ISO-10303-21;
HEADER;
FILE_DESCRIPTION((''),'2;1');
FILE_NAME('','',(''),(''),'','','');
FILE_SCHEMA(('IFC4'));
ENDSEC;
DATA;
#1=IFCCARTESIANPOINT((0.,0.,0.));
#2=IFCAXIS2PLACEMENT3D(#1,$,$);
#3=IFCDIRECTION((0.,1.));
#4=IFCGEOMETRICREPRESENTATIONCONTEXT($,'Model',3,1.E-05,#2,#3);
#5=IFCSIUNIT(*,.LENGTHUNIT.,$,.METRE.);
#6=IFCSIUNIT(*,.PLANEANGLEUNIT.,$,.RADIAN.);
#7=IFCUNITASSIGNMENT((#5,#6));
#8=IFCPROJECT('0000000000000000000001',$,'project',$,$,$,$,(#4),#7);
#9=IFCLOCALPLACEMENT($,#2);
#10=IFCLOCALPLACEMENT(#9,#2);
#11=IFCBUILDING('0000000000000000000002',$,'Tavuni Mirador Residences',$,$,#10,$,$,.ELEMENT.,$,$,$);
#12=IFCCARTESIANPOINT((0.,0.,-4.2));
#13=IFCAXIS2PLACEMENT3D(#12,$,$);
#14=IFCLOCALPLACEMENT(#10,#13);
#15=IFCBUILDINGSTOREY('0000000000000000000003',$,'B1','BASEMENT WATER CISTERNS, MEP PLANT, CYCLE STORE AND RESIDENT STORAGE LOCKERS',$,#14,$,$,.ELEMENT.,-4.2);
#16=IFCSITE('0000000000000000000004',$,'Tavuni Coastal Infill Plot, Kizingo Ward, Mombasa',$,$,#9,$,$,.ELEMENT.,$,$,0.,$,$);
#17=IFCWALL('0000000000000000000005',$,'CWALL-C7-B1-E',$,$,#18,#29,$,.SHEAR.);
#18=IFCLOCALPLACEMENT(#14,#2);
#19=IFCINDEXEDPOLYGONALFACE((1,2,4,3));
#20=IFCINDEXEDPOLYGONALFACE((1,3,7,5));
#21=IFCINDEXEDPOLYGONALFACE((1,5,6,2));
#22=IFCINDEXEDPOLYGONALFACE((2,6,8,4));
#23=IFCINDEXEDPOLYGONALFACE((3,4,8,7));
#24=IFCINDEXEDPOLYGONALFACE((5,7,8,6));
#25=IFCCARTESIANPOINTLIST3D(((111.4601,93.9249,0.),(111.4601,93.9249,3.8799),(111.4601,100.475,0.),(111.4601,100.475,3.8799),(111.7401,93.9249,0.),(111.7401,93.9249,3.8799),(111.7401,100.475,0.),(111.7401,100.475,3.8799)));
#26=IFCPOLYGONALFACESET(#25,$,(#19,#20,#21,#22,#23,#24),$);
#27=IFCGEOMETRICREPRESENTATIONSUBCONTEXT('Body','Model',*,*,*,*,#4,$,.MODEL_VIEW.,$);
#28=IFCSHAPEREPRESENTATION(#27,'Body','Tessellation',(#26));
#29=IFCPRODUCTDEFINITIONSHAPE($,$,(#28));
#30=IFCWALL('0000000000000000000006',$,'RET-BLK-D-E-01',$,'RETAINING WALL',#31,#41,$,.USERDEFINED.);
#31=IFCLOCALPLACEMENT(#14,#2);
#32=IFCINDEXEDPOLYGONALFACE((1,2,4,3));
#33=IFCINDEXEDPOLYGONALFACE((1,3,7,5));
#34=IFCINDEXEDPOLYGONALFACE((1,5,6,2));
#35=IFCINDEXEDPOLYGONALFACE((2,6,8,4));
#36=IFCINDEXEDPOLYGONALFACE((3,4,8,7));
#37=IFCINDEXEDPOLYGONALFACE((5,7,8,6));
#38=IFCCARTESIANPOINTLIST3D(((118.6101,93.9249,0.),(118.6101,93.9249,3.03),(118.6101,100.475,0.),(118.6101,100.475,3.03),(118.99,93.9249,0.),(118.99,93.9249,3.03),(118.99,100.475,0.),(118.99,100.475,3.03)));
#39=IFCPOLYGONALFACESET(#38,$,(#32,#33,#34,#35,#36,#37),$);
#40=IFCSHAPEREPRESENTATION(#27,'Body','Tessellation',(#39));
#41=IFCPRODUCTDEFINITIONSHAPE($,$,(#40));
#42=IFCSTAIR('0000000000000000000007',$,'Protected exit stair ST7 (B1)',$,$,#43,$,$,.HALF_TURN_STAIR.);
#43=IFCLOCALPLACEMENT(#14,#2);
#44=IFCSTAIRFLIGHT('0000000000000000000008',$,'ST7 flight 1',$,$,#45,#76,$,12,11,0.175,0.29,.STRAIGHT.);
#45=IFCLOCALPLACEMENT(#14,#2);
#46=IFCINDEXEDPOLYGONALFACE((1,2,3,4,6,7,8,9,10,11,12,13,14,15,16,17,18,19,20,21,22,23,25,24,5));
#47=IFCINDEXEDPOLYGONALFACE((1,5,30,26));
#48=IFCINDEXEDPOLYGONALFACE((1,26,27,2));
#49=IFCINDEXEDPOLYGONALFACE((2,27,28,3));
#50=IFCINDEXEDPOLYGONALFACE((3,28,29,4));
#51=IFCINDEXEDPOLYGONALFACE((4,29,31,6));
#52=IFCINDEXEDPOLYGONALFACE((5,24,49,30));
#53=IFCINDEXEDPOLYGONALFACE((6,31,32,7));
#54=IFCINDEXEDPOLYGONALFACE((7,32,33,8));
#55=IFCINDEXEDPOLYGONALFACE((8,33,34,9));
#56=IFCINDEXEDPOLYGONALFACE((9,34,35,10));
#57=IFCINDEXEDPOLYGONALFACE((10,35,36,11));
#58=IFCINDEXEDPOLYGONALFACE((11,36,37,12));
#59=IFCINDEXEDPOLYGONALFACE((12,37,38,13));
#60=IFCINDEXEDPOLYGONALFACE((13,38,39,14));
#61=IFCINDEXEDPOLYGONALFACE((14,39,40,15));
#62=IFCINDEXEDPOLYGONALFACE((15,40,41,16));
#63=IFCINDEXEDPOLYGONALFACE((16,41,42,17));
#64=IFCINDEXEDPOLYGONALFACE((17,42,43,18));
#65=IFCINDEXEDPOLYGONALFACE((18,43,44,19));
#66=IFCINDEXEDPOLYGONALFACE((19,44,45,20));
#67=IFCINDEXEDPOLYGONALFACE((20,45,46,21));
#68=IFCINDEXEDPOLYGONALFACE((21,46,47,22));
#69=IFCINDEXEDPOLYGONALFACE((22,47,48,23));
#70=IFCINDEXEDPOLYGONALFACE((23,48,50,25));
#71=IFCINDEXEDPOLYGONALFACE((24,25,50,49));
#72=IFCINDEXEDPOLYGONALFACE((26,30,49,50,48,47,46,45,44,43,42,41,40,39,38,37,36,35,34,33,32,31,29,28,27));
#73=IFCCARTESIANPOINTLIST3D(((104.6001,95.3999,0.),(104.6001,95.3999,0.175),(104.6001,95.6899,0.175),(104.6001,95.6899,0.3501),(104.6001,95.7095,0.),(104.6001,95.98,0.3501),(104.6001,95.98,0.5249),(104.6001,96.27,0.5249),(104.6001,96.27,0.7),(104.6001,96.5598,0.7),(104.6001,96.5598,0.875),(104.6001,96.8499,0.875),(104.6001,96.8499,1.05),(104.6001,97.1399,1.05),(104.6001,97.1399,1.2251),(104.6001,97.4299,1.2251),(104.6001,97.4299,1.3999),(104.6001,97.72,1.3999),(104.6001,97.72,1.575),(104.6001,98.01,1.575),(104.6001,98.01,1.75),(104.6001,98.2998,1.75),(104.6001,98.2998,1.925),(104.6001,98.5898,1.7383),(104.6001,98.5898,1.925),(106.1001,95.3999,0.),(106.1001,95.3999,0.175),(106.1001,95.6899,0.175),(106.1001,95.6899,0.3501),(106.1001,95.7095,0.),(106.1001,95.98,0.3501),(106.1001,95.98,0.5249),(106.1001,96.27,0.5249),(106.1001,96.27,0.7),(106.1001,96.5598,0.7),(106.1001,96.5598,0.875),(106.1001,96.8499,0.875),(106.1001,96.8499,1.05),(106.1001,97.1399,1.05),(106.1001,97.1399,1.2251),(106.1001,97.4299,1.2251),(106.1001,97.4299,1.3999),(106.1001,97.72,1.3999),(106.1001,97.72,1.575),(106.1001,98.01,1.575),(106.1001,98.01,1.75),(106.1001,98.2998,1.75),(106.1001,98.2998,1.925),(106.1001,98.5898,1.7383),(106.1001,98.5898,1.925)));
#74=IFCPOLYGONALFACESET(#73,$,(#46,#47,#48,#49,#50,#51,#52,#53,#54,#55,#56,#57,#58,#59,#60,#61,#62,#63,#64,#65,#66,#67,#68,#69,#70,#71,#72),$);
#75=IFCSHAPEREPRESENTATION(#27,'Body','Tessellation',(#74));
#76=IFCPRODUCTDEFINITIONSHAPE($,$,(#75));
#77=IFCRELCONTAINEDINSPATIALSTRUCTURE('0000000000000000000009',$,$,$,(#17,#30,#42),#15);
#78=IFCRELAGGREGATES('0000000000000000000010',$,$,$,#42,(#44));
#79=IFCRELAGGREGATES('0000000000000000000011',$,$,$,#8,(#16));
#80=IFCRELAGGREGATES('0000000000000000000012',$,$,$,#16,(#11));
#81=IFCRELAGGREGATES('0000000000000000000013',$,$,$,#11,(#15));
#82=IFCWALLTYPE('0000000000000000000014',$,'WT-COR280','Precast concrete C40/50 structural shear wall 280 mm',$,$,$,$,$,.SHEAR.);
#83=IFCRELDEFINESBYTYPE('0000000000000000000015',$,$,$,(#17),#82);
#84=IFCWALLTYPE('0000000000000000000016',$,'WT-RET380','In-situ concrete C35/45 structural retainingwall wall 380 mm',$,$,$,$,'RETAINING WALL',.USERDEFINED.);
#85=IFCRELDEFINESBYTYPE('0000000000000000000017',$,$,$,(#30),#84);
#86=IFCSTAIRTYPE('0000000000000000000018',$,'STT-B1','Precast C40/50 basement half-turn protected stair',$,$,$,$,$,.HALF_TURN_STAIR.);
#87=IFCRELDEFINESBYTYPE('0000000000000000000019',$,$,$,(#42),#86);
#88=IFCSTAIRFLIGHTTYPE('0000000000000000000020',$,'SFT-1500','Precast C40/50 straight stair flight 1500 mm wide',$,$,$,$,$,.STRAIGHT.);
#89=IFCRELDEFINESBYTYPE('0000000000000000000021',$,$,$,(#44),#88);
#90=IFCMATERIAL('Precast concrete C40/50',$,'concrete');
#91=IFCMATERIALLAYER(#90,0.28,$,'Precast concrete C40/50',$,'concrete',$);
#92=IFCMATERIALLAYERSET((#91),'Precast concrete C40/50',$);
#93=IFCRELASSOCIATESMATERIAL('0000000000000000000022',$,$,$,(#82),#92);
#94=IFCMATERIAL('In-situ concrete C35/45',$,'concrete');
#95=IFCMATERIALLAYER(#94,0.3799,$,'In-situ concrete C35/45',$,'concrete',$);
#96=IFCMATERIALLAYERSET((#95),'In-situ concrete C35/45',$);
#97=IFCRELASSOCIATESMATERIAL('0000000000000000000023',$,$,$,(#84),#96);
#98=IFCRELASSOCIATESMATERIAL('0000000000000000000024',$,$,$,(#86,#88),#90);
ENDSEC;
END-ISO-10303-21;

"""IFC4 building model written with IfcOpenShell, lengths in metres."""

from ifc_helpers import new_model, si_unit, direction, frame, frame_2d, origin, place, context, subcontext, project, spatial, polyline, rectangle, outline, extrude, material, layer, layer_set, type_object, element, aggregate, save


model = new_model("IFC4")

# Units and contexts
model_context = context("Model", 3, precision=1e-05, world=origin(), true_north=direction((0.0, 1.0)))
body_context = subcontext(model_context, "Body", "Model", "MODEL_VIEW")
ifc_project = project(units=[si_unit("LENGTHUNIT", "METRE"), si_unit("PLANEANGLEUNIT", "RADIAN")], contexts=[model_context])

# Site, building, storey
site_placement = place(None, origin())
site = spatial("IfcSite", under=ifc_project, at=site_placement, Name="Tavuni Coastal Infill Plot, Kizingo Ward, Mombasa", CompositionType="ELEMENT", RefElevation=0.0)
building_placement = place(site_placement, origin())
building = spatial("IfcBuilding", under=site, at=building_placement, Name="Tavuni Mirador Residences", CompositionType="ELEMENT")
storey_placement = place(building_placement, frame((0.0, 0.0, -4.2)))
storey = spatial("IfcBuildingStorey", under=building, at=storey_placement, Name="B1", Description="BASEMENT WATER CISTERNS, MEP PLANT, CYCLE STORE AND RESIDENT STORAGE LOCKERS", CompositionType="ELEMENT", Elevation=-4.2)

# Shared definitions
ifc_material_1 = material(Name="In-situ concrete C35/45", Category="concrete")

# Shared definitions
ifc_material_2 = material(Name="Precast concrete C40/50", Category="concrete")

# Walls
ifc_layer_1 = layer(ifc_material_2, 0.28, Name="Precast concrete C40/50", Category="concrete")
ifc_layer_set_1 = layer_set([ifc_layer_1], Name="Precast concrete C40/50")
wall_type_1 = type_object("IfcWallType", Name="WT-COR280", Description="Precast concrete C40/50 structural shear wall 280 mm", PredefinedType="SHEAR", material=ifc_layer_set_1)
wall_1_placement = place(storey_placement, frame((111.6001, 93.925, 0.0), z_axis=(0.0, 0.0, 1.0), x_axis=(0.0, 1.0, 0.0)))
element("IfcWall", 1, at=wall_1_placement, inside=storey, type_object=wall_type_1, Name="CWALL-C7-B1-E", PredefinedType="SHEAR", context=body_context, shape_type="SweptSolid", body=[
    extrude(rectangle(XDim=6.55, YDim=0.28, at=frame_2d((3.2749, 0.0))), origin(), (0.0, 0.0, 1.0), 3.8799),
])
ifc_layer_2 = layer(ifc_material_1, 0.3799, Name="In-situ concrete C35/45", Category="concrete")
ifc_layer_set_2 = layer_set([ifc_layer_2], Name="In-situ concrete C35/45")
wall_type_2 = type_object("IfcWallType", Name="WT-RET380", Description="In-situ concrete C35/45 structural retainingwall wall 380 mm", ElementType="RETAINING WALL", PredefinedType="USERDEFINED", material=ifc_layer_set_2)
wall_2_placement = place(storey_placement, frame((118.8, 93.925, 0.0), z_axis=(0.0, 0.0, 1.0), x_axis=(0.0, 1.0, 0.0)))
element("IfcWall", 2, at=wall_2_placement, inside=storey, type_object=wall_type_2, Name="RET-BLK-D-E-01", ObjectType="RETAINING WALL", PredefinedType="USERDEFINED", context=body_context, shape_type="SweptSolid", body=[
    extrude(rectangle(XDim=6.55, YDim=0.3799, at=frame_2d((3.2749, 0.0))), origin(), (0.0, 0.0, 1.0), 3.03),
])

# Stair, stair flight
stair_type = type_object("IfcStairType", Name="STT-B1", Description="Precast C40/50 basement half-turn protected stair", PredefinedType="HALF_TURN_STAIR", material=ifc_material_2)
stair_placement = place(storey_placement, origin())
stair = element("IfcStair", 3, at=stair_placement, inside=storey, type_object=stair_type, Name="Protected exit stair ST7 (B1)", PredefinedType="HALF_TURN_STAIR")
stair_flight_type = type_object("IfcStairFlightType", Name="SFT-1500", Description="Precast C40/50 straight stair flight 1500 mm wide", PredefinedType="STRAIGHT", material=ifc_material_2)
stair_flight_placement = place(storey_placement, frame((105.3501, 95.3999, 0.0), z_axis=(0.0, 0.0, 1.0), x_axis=(0.0, 1.0, 0.0)))
stair_flight = element("IfcStairFlight", 4, at=stair_flight_placement, type_object=stair_flight_type, Name="ST7 flight 1", NumberOfRisers=12, NumberOfTreads=11, PredefinedType="STRAIGHT", RiserHeight=0.175, TreadLength=0.29, context=body_context, shape_type="SweptSolid", body=[
    extrude(outline(polyline([(0.0, 0.0), (0.0, 0.175), (0.29, 0.175), (0.29, 0.3501), (0.5801, 0.3501), (0.5801, 0.5249), (0.8701, 0.5249), (0.8701, 0.7), (1.1599, 0.7), (1.1599, 0.875), (1.45, 0.875), (1.45, 1.05), (1.74, 1.05), (1.74, 1.2251), (2.03, 1.2251), (2.03, 1.3999), (2.3201, 1.3999), (2.3201, 1.575), (2.6101, 1.575), (2.6101, 1.75), (2.8999, 1.75), (2.8999, 1.925), (3.1899, 1.925), (3.1899, 2.1001), (3.1899, 1.7383), (0.3096, 0.0), (0.0, 0.0)])), frame((0.0, 0.75, 0.0), z_axis=(0.0, -1.0, 0.0), x_axis=(1.0, 0.0, 0.0)), (0.0, 0.0, 1.0), 1.5),
])
aggregate(stair, [stair_flight])

save(model, "model.ifc")
